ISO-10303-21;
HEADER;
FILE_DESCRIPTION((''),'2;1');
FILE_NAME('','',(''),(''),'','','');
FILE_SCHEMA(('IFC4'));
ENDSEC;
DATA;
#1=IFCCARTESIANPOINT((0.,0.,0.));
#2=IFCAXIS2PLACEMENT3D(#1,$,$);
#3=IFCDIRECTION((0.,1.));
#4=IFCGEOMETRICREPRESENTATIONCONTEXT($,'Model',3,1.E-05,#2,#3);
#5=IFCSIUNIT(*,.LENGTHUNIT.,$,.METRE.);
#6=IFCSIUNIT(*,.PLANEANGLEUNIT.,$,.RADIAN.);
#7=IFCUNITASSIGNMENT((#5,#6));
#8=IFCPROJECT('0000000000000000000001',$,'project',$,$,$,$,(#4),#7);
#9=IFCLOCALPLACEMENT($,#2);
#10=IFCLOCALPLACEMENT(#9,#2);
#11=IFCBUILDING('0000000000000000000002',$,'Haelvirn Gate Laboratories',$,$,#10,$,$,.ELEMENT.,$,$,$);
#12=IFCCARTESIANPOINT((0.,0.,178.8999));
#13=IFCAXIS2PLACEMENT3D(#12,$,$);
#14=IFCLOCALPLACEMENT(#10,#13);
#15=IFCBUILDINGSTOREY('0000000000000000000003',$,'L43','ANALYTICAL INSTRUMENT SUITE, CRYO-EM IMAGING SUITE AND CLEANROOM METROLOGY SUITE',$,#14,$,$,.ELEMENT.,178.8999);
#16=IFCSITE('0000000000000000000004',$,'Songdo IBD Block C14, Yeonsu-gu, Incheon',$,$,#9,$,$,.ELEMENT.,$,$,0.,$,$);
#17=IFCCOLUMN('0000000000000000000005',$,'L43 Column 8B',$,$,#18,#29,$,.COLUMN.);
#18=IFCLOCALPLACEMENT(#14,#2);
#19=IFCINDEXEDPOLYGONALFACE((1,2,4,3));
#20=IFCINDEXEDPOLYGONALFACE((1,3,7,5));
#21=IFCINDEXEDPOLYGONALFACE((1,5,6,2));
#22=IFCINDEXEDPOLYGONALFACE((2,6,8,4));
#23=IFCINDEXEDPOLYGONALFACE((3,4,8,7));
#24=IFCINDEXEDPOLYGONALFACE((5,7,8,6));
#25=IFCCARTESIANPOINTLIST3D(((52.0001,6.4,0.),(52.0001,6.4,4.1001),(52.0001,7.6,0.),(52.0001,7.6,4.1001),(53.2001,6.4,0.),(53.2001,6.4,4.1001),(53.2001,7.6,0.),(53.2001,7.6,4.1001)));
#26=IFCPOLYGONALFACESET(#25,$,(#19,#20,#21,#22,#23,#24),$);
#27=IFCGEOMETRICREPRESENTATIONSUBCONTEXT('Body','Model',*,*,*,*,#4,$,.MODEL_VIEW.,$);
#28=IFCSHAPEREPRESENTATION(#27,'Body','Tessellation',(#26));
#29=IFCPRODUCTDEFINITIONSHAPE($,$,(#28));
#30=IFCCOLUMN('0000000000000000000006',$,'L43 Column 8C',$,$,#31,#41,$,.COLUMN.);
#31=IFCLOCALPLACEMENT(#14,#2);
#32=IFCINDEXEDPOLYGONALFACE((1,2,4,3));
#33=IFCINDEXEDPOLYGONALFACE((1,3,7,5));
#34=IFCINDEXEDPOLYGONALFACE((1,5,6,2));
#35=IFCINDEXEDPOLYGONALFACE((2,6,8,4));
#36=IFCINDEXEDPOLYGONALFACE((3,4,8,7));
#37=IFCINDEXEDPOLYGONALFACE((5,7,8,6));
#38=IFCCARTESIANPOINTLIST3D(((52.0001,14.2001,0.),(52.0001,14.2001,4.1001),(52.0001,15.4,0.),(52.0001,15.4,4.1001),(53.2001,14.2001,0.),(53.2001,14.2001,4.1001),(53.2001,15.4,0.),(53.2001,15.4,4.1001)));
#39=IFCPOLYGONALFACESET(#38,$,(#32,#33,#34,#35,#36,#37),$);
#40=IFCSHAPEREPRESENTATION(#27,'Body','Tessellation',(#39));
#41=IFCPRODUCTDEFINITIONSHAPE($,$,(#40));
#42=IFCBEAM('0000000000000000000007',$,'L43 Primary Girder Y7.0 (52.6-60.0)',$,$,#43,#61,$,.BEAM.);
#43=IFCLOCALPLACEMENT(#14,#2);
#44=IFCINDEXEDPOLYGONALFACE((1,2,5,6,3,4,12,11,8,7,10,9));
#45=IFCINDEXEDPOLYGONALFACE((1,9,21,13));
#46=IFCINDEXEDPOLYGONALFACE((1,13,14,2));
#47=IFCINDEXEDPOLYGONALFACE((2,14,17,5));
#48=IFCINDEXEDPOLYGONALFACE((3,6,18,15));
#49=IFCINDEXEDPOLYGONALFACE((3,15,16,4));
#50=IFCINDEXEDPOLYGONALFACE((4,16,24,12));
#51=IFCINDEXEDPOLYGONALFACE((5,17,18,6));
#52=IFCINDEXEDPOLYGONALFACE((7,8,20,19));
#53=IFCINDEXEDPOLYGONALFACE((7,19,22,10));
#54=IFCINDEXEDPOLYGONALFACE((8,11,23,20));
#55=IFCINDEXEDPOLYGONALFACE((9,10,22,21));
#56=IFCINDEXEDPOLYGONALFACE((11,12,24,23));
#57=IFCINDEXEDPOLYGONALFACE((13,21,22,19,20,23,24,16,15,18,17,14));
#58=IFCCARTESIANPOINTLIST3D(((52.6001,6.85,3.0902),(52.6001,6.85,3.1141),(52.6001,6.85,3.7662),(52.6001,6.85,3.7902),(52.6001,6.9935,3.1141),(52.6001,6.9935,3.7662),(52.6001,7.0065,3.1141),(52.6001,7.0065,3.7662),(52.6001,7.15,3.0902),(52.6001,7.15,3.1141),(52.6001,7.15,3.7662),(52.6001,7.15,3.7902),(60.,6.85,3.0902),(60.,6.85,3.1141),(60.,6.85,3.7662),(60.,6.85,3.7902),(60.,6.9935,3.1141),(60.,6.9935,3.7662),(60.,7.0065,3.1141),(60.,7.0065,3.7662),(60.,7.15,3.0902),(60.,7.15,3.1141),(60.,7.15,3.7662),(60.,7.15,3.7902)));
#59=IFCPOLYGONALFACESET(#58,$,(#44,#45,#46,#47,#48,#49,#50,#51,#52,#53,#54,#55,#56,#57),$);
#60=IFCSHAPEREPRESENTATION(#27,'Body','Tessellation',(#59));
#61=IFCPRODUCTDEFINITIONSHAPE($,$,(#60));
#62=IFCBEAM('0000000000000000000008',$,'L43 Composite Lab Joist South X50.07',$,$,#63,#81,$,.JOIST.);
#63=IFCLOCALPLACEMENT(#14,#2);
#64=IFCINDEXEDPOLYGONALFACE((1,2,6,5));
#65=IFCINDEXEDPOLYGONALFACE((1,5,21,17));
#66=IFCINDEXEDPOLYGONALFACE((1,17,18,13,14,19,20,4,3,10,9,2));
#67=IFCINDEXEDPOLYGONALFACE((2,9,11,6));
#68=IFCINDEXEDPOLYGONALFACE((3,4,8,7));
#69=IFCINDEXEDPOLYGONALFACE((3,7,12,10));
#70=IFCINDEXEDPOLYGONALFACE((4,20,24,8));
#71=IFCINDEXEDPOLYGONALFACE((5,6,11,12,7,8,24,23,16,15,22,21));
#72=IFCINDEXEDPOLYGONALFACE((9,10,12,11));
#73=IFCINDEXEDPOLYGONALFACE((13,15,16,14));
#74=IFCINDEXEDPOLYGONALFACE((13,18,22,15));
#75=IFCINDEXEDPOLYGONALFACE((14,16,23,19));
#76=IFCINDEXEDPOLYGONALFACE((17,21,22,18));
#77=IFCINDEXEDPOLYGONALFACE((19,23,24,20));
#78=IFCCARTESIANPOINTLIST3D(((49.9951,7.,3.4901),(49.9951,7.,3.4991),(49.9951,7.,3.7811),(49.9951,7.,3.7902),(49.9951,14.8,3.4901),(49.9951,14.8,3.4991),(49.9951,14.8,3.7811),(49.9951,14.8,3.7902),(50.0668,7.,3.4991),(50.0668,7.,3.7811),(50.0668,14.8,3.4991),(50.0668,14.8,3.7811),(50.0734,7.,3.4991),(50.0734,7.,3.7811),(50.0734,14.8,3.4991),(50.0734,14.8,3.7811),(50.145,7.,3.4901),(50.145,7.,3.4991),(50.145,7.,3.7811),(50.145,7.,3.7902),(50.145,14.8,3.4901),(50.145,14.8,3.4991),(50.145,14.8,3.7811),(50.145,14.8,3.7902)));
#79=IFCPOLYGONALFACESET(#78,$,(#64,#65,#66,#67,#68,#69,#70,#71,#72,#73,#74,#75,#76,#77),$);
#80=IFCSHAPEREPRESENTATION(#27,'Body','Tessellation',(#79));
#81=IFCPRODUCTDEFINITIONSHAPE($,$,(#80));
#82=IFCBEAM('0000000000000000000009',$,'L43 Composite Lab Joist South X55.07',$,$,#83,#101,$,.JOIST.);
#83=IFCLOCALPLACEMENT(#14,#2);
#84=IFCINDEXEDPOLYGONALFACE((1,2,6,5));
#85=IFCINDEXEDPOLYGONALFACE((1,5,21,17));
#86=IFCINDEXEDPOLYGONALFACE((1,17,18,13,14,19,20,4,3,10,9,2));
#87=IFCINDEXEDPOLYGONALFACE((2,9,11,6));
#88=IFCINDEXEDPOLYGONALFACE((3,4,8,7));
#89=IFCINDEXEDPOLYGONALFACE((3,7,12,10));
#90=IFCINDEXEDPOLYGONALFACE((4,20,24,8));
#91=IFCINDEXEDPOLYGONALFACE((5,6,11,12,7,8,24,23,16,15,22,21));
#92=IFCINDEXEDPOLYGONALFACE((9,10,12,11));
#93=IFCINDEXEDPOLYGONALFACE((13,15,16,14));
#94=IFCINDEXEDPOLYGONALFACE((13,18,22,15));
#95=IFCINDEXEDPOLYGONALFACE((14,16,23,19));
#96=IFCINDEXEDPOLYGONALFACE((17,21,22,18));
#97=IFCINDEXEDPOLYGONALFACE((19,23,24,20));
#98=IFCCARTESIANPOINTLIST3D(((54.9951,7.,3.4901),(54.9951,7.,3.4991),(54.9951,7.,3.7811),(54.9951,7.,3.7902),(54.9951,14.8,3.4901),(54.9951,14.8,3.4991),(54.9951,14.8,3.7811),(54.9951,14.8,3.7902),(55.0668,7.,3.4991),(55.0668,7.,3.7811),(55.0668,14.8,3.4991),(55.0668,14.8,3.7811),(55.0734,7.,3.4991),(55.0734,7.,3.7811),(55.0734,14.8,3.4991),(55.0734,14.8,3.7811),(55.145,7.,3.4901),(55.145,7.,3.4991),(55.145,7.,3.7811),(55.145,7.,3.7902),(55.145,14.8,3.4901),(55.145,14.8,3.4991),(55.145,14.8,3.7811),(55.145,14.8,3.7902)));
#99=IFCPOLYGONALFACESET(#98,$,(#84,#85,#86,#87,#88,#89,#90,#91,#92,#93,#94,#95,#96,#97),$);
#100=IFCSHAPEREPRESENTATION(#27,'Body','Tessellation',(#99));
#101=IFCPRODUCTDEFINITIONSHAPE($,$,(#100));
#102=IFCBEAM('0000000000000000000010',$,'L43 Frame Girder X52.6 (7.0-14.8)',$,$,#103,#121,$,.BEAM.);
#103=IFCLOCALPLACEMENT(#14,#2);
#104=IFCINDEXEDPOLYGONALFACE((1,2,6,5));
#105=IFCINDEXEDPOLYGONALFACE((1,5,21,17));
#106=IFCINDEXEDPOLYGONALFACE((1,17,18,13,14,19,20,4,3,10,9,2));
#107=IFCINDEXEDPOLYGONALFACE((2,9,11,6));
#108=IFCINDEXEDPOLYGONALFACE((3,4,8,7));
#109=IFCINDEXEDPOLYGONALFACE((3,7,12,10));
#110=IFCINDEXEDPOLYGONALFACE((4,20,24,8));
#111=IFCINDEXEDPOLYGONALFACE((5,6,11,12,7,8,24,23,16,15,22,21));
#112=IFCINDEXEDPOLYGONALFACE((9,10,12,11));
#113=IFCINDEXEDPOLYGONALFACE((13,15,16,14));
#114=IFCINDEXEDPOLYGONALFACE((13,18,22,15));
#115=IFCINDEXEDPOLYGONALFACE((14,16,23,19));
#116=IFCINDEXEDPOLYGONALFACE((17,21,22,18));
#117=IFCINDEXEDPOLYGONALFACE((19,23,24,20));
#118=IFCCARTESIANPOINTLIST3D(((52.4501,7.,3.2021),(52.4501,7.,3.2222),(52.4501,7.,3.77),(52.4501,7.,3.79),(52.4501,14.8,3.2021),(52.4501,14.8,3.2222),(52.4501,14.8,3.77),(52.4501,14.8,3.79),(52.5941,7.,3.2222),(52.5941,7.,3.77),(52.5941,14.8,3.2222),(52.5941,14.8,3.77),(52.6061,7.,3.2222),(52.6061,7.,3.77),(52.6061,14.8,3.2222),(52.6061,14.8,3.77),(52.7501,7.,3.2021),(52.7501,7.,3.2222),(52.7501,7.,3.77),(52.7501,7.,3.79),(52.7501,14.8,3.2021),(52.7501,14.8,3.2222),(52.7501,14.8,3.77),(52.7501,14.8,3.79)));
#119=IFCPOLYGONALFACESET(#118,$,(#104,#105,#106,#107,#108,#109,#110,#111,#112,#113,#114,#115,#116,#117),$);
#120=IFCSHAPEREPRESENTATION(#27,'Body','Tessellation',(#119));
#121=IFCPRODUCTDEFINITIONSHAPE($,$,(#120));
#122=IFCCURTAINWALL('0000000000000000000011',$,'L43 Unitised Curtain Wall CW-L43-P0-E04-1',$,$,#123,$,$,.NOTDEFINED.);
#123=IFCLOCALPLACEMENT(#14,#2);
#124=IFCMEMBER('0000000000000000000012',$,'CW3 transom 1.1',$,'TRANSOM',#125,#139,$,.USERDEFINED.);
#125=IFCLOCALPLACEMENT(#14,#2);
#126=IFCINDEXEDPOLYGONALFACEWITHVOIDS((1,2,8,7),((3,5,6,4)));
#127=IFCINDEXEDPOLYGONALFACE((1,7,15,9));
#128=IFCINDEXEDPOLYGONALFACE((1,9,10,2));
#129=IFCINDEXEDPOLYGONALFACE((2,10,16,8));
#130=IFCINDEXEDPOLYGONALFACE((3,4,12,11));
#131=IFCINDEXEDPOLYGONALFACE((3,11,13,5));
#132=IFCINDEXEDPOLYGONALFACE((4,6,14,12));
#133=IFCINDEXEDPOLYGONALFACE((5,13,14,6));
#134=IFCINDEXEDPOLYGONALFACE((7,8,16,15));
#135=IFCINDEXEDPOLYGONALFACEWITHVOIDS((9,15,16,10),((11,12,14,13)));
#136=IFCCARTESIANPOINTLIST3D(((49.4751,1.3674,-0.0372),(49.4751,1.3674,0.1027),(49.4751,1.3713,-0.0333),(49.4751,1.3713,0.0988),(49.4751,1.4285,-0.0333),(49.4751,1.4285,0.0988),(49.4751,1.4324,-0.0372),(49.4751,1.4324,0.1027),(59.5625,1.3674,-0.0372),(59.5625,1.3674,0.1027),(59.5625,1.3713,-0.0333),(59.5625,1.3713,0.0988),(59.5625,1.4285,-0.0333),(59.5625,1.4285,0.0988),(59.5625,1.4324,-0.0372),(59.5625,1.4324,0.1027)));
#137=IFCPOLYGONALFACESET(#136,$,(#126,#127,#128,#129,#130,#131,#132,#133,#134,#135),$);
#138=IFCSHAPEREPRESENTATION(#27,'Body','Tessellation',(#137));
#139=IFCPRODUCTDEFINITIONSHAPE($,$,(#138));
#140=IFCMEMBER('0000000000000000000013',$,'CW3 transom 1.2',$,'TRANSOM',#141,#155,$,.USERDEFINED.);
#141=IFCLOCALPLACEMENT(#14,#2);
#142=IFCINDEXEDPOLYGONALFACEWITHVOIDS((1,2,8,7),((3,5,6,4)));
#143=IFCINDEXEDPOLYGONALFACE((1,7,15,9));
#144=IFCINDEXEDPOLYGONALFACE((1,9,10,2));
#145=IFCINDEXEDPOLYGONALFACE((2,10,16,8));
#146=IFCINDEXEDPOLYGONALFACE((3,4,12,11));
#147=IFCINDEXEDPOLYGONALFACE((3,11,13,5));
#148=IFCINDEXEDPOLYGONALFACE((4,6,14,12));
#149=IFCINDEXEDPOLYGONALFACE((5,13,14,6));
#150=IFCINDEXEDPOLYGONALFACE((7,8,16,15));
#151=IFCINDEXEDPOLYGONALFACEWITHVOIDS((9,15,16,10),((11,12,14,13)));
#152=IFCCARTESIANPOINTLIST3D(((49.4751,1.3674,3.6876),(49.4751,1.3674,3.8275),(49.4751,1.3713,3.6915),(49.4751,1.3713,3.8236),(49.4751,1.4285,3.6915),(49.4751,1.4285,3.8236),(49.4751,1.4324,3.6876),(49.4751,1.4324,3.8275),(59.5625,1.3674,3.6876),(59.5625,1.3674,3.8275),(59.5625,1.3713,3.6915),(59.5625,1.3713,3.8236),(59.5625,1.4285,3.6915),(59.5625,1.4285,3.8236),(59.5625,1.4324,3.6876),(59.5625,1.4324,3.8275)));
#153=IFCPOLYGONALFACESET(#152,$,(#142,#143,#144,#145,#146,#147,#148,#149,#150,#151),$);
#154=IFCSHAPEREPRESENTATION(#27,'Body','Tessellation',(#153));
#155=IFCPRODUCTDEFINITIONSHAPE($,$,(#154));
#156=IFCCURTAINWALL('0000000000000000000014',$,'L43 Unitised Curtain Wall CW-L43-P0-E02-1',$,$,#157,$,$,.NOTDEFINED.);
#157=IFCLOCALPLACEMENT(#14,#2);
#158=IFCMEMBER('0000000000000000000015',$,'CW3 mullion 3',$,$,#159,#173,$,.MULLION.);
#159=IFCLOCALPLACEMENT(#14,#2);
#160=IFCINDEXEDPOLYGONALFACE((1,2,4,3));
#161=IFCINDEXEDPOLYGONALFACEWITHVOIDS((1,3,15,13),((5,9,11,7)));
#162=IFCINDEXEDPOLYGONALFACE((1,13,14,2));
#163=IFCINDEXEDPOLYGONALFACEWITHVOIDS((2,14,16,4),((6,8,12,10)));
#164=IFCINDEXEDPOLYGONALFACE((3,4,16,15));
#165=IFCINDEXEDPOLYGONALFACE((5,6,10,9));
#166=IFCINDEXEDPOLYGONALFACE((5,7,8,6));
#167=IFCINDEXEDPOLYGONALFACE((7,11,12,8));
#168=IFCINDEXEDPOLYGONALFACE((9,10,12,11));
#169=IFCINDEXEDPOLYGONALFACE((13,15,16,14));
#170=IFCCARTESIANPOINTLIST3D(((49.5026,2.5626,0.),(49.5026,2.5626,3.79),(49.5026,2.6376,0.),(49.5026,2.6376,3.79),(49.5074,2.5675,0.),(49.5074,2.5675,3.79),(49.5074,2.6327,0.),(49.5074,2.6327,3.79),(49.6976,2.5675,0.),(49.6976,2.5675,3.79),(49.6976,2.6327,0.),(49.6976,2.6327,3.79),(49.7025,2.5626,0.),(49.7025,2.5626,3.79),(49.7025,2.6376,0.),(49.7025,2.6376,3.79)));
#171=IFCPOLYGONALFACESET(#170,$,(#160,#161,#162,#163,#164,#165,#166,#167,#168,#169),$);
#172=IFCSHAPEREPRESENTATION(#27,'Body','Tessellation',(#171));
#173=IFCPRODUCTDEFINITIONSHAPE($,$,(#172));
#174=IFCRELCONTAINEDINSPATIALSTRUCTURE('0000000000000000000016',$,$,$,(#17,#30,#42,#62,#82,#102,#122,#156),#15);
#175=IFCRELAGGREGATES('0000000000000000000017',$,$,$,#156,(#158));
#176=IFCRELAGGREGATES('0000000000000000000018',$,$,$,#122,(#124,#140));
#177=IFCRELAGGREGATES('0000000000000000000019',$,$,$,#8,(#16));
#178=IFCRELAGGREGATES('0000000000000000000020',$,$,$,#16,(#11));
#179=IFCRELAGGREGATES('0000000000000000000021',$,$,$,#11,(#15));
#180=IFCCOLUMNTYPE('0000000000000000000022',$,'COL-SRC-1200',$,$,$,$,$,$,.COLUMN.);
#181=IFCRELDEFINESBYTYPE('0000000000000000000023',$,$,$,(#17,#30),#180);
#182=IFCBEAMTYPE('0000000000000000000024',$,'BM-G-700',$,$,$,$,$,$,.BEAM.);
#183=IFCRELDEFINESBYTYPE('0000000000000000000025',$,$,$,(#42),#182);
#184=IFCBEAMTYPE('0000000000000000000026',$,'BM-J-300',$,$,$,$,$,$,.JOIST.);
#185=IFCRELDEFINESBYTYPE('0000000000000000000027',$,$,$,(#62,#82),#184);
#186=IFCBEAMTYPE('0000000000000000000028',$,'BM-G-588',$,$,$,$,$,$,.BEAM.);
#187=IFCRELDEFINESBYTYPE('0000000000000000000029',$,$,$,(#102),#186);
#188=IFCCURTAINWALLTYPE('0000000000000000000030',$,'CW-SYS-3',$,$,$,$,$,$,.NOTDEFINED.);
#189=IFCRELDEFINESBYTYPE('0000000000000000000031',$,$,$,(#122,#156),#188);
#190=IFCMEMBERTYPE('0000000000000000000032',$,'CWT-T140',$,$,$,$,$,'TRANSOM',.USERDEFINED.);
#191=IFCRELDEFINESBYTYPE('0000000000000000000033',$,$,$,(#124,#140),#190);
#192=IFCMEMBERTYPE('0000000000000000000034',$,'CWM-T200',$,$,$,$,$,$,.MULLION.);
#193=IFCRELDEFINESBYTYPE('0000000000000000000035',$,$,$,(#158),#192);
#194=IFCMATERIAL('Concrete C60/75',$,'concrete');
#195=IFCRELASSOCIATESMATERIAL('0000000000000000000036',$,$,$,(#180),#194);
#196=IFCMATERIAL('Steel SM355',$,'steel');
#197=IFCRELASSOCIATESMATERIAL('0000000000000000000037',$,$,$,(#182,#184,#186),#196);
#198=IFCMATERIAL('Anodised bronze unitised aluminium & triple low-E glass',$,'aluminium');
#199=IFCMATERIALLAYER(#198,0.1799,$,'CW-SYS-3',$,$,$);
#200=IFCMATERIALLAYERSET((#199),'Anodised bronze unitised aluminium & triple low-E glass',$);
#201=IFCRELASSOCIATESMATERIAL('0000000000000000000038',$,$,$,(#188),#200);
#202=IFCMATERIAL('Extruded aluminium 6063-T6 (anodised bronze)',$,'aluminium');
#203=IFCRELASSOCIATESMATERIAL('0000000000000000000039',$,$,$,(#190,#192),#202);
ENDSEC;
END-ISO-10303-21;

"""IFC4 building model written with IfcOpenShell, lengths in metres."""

from ifc_helpers import new_model, si_unit, direction, frame, origin, origin_2d, place, context, subcontext, project, spatial, rectangle, hollow_rectangle, i_section, extrude, source, transform, mapped, material, layer, layer_set, material_profile, profile_set, type_object, type_shapes, element, aggregate, save


model = new_model("IFC4")

# Units and contexts
model_context = context("Model", 3, precision=1e-05, world=origin(), true_north=direction((0.0, 1.0)))
body_context = subcontext(model_context, "Body", "Model", "MODEL_VIEW")
ifc_project = project(units=[si_unit("LENGTHUNIT", "METRE"), si_unit("PLANEANGLEUNIT", "RADIAN")], contexts=[model_context])

# Site, building, storey
site_placement = place(None, origin())
site = spatial("IfcSite", under=ifc_project, at=site_placement, Name="Songdo IBD Block C14, Yeonsu-gu, Incheon", CompositionType="ELEMENT", RefElevation=0.0)
building_placement = place(site_placement, origin())
building = spatial("IfcBuilding", under=site, at=building_placement, Name="Haelvirn Gate Laboratories", CompositionType="ELEMENT")
storey_placement = place(building_placement, frame((0.0, 0.0, 178.8999)))
storey = spatial("IfcBuildingStorey", under=building, at=storey_placement, Name="L43", Description="ANALYTICAL INSTRUMENT SUITE, CRYO-EM IMAGING SUITE AND CLEANROOM METROLOGY SUITE", CompositionType="ELEMENT", Elevation=178.8999)

# Columns
ifc_material_1 = material(Name="Concrete C60/75", Category="concrete")
ifc_material_profile_1 = material_profile(ifc_material_1, rectangle(XDim=1.2, YDim=1.2, at=origin_2d()), Name="SRC-1200x1200")
ifc_profile_set_1 = profile_set([ifc_material_profile_1], Name="Concrete C60/75")
column_type = type_object("IfcColumnType", Name="COL-SRC-1200", PredefinedType="COLUMN", material=ifc_profile_set_1)
shared_shape_1 = source(origin(), body_context, "Body", "SweptSolid", [
    extrude(rectangle(XDim=1.2, YDim=1.2, at=origin_2d()), origin(), (0.0, 0.0, 1.0), 4.1001),
])
type_shapes(column_type, [shared_shape_1])
for number, where, z_axis, x_axis, name in (
    (1, (52.6001, 7.0, 0.0), (0.0, 0.0, 1.0), (1.0, 0.0, 0.0), "L43 Column 8B"),
    (2, (52.6001, 14.8, 0.0), (0.0, 0.0, 1.0), (1.0, 0.0, 0.0), "L43 Column 8C"),
):
    element("IfcColumn", number, at=place(storey_placement, frame(where, z_axis=z_axis, x_axis=x_axis)), inside=storey, type_object=column_type, Name=name, PredefinedType="COLUMN", context=body_context, shape_type="MappedRepresentation", body=[
        mapped(shared_shape_1, transform((0.0, 0.0, 0.0), scale=1.0)),
    ])

# Beams
ifc_material_2 = material(Name="Steel SM355", Category="steel")
ifc_material_profile_2 = material_profile(ifc_material_2, i_section(OverallWidth=0.3, OverallDepth=0.7, WebThickness=0.0129, FlangeThickness=0.0239, at=origin_2d()), Name="H-700x300x13x24")
ifc_profile_set_2 = profile_set([ifc_material_profile_2], Name="Steel SM355")
beam_type_1 = type_object("IfcBeamType", Name="BM-G-700", PredefinedType="BEAM", material=ifc_profile_set_2)
shared_shape_2 = source(origin(), body_context, "Body", "SweptSolid", [
    extrude(i_section(OverallWidth=0.3, OverallDepth=0.7, WebThickness=0.0129, FlangeThickness=0.0239, at=origin_2d()), origin(), (0.0, 0.0, 1.0), 7.3999),
])
type_shapes(beam_type_1, [shared_shape_2])
beam_1_placement = place(storey_placement, frame((52.6001, 7.0, 3.4402), z_axis=(1.0, 0.0, 0.0), x_axis=(0.0, 1.0, 0.0)))
element("IfcBeam", 3, at=beam_1_placement, inside=storey, type_object=beam_type_1, Name="L43 Primary Girder Y7.0 (52.6-60.0)", PredefinedType="BEAM", context=body_context, shape_type="MappedRepresentation", body=[
    mapped(shared_shape_2, transform((0.0, 0.0, 0.0), scale=1.0)),
])
ifc_material_profile_3 = material_profile(ifc_material_2, i_section(OverallWidth=0.1499, OverallDepth=0.3, WebThickness=0.0066, FlangeThickness=0.009, at=origin_2d()), Name="H-300x150x6.5x9")
ifc_profile_set_3 = profile_set([ifc_material_profile_3], Name="Steel SM355")
beam_type_2 = type_object("IfcBeamType", Name="BM-J-300", PredefinedType="JOIST", material=ifc_profile_set_3)
shared_shape_3 = source(origin(), body_context, "Body", "SweptSolid", [
    extrude(i_section(OverallWidth=0.1499, OverallDepth=0.3, WebThickness=0.0066, FlangeThickness=0.009, at=origin_2d()), origin(), (0.0, 0.0, 1.0), 7.8),
])
type_shapes(beam_type_2, [shared_shape_3])
for number, where, z_axis, x_axis, name in (
    (4, (50.0701, 7.0, 3.6401), (0.0, 1.0, 0.0), (-1.0, 0.0, 0.0), "L43 Composite Lab Joist South X50.07"),
    (5, (55.0701, 7.0, 3.6401), (0.0, 1.0, 0.0), (-1.0, 0.0, 0.0), "L43 Composite Lab Joist South X55.07"),
):
    element("IfcBeam", number, at=place(storey_placement, frame(where, z_axis=z_axis, x_axis=x_axis)), inside=storey, type_object=beam_type_2, Name=name, PredefinedType="JOIST", context=body_context, shape_type="MappedRepresentation", body=[
        mapped(shared_shape_3, transform((0.0, 0.0, 0.0), scale=1.0)),
    ])
ifc_material_profile_4 = material_profile(ifc_material_2, i_section(OverallWidth=0.3, OverallDepth=0.5879, WebThickness=0.012, FlangeThickness=0.02, at=origin_2d()), Name="H-588x300x12x20")
ifc_profile_set_4 = profile_set([ifc_material_profile_4], Name="Steel SM355")
beam_type_3 = type_object("IfcBeamType", Name="BM-G-588", PredefinedType="BEAM", material=ifc_profile_set_4)
shared_shape_4 = source(origin(), body_context, "Body", "SweptSolid", [
    extrude(i_section(OverallWidth=0.3, OverallDepth=0.5879, WebThickness=0.012, FlangeThickness=0.02, at=origin_2d()), origin(), (0.0, 0.0, 1.0), 7.8),
])
type_shapes(beam_type_3, [shared_shape_4])
beam_2_placement = place(storey_placement, frame((52.6001, 7.0, 3.4961), z_axis=(0.0, 1.0, 0.0), x_axis=(-1.0, 0.0, 0.0)))
element("IfcBeam", 6, at=beam_2_placement, inside=storey, type_object=beam_type_3, Name="L43 Frame Girder X52.6 (7.0-14.8)", PredefinedType="BEAM", context=body_context, shape_type="MappedRepresentation", body=[
    mapped(shared_shape_4, transform((0.0, 0.0, 0.0), scale=1.0)),
])

# Curtain wall, members
ifc_material_3 = material(Name="Anodised bronze unitised aluminium & triple low-E glass", Category="aluminium")
ifc_layer_1 = layer(ifc_material_3, 0.1799, Name="CW-SYS-3")
ifc_layer_set_1 = layer_set([ifc_layer_1], Name="Anodised bronze unitised aluminium & triple low-E glass")
curtain_wall_type = type_object("IfcCurtainWallType", Name="CW-SYS-3", PredefinedType="NOTDEFINED", material=ifc_layer_set_1)
curtain_wall_1_placement = place(storey_placement, origin())
curtain_wall_1 = element("IfcCurtainWall", 7, at=curtain_wall_1_placement, inside=storey, type_object=curtain_wall_type, Name="L43 Unitised Curtain Wall CW-L43-P0-E04-1", PredefinedType="NOTDEFINED")
ifc_material_4 = material(Name="Extruded aluminium 6063-T6 (anodised bronze)", Category="aluminium")
ifc_material_profile_5 = material_profile(ifc_material_4, hollow_rectangle(XDim=0.0649, YDim=0.1399, WallThickness=0.0039, at=origin_2d()), Name="CWT-140x65x4")
ifc_profile_set_5 = profile_set([ifc_material_profile_5], Name="Extruded aluminium 6063-T6 (anodised bronze)")
member_type_1 = type_object("IfcMemberType", Name="CWT-T140", ElementType="TRANSOM", PredefinedType="USERDEFINED", material=ifc_profile_set_5)
shared_shape_5 = source(origin(), body_context, "Body", "SweptSolid", [
    extrude(hollow_rectangle(XDim=0.0649, YDim=0.1399, WallThickness=0.0039, at=origin_2d()), origin(), (0.0, 0.0, 1.0), 10.0874),
])
type_shapes(member_type_1, [shared_shape_5])
member_1_placement = place(storey_placement, frame((49.4751, 1.3999, 0.0327), z_axis=(1.0, 0.0, 0.0), x_axis=(0.0, 1.0, 0.0)))
member_1 = element("IfcMember", 8, at=member_1_placement, type_object=member_type_1, Name="CW3 transom 1.1", ObjectType="TRANSOM", PredefinedType="USERDEFINED", context=body_context, shape_type="MappedRepresentation", body=[
    mapped(shared_shape_5, transform((0.0, 0.0, 0.0), scale=1.0)),
])
member_2_placement = place(storey_placement, frame((49.4751, 1.3999, 3.7576), z_axis=(1.0, 0.0, 0.0), x_axis=(0.0, 1.0, 0.0)))
member_2 = element("IfcMember", 9, at=member_2_placement, type_object=member_type_1, Name="CW3 transom 1.2", ObjectType="TRANSOM", PredefinedType="USERDEFINED", context=body_context, shape_type="MappedRepresentation", body=[
    mapped(shared_shape_5, transform((0.0, 0.0, 0.0), scale=1.0)),
])

# Curtain wall, member
curtain_wall_2_placement = place(storey_placement, origin())
curtain_wall_2 = element("IfcCurtainWall", 10, at=curtain_wall_2_placement, inside=storey, type_object=curtain_wall_type, Name="L43 Unitised Curtain Wall CW-L43-P0-E02-1", PredefinedType="NOTDEFINED")
ifc_material_profile_6 = material_profile(ifc_material_4, hollow_rectangle(XDim=0.075, YDim=0.2, WallThickness=0.0049, at=origin_2d()), Name="CWM-200x75x5")
ifc_profile_set_6 = profile_set([ifc_material_profile_6], Name="Extruded aluminium 6063-T6 (anodised bronze)")
member_type_2 = type_object("IfcMemberType", Name="CWM-T200", PredefinedType="MULLION", material=ifc_profile_set_6)
shared_shape_6 = source(origin(), body_context, "Body", "SweptSolid", [
    extrude(hollow_rectangle(XDim=0.075, YDim=0.2, WallThickness=0.0049, at=origin_2d()), origin(), (0.0, 0.0, 1.0), 3.79),
])
type_shapes(member_type_2, [shared_shape_6])
member_3_placement = place(storey_placement, frame((49.6025, 2.6001, 0.0), z_axis=(0.0, 0.0, 1.0), x_axis=(0.0, 1.0, 0.0)))
member_3 = element("IfcMember", 11, at=member_3_placement, type_object=member_type_2, Name="CW3 mullion 3", PredefinedType="MULLION", context=body_context, shape_type="MappedRepresentation", body=[
    mapped(shared_shape_6, transform((0.0, 0.0, 0.0), scale=1.0)),
])
aggregate(curtain_wall_2, [member_3])

aggregate(curtain_wall_1, [member_1, member_2])

save(model, "model.ifc")
